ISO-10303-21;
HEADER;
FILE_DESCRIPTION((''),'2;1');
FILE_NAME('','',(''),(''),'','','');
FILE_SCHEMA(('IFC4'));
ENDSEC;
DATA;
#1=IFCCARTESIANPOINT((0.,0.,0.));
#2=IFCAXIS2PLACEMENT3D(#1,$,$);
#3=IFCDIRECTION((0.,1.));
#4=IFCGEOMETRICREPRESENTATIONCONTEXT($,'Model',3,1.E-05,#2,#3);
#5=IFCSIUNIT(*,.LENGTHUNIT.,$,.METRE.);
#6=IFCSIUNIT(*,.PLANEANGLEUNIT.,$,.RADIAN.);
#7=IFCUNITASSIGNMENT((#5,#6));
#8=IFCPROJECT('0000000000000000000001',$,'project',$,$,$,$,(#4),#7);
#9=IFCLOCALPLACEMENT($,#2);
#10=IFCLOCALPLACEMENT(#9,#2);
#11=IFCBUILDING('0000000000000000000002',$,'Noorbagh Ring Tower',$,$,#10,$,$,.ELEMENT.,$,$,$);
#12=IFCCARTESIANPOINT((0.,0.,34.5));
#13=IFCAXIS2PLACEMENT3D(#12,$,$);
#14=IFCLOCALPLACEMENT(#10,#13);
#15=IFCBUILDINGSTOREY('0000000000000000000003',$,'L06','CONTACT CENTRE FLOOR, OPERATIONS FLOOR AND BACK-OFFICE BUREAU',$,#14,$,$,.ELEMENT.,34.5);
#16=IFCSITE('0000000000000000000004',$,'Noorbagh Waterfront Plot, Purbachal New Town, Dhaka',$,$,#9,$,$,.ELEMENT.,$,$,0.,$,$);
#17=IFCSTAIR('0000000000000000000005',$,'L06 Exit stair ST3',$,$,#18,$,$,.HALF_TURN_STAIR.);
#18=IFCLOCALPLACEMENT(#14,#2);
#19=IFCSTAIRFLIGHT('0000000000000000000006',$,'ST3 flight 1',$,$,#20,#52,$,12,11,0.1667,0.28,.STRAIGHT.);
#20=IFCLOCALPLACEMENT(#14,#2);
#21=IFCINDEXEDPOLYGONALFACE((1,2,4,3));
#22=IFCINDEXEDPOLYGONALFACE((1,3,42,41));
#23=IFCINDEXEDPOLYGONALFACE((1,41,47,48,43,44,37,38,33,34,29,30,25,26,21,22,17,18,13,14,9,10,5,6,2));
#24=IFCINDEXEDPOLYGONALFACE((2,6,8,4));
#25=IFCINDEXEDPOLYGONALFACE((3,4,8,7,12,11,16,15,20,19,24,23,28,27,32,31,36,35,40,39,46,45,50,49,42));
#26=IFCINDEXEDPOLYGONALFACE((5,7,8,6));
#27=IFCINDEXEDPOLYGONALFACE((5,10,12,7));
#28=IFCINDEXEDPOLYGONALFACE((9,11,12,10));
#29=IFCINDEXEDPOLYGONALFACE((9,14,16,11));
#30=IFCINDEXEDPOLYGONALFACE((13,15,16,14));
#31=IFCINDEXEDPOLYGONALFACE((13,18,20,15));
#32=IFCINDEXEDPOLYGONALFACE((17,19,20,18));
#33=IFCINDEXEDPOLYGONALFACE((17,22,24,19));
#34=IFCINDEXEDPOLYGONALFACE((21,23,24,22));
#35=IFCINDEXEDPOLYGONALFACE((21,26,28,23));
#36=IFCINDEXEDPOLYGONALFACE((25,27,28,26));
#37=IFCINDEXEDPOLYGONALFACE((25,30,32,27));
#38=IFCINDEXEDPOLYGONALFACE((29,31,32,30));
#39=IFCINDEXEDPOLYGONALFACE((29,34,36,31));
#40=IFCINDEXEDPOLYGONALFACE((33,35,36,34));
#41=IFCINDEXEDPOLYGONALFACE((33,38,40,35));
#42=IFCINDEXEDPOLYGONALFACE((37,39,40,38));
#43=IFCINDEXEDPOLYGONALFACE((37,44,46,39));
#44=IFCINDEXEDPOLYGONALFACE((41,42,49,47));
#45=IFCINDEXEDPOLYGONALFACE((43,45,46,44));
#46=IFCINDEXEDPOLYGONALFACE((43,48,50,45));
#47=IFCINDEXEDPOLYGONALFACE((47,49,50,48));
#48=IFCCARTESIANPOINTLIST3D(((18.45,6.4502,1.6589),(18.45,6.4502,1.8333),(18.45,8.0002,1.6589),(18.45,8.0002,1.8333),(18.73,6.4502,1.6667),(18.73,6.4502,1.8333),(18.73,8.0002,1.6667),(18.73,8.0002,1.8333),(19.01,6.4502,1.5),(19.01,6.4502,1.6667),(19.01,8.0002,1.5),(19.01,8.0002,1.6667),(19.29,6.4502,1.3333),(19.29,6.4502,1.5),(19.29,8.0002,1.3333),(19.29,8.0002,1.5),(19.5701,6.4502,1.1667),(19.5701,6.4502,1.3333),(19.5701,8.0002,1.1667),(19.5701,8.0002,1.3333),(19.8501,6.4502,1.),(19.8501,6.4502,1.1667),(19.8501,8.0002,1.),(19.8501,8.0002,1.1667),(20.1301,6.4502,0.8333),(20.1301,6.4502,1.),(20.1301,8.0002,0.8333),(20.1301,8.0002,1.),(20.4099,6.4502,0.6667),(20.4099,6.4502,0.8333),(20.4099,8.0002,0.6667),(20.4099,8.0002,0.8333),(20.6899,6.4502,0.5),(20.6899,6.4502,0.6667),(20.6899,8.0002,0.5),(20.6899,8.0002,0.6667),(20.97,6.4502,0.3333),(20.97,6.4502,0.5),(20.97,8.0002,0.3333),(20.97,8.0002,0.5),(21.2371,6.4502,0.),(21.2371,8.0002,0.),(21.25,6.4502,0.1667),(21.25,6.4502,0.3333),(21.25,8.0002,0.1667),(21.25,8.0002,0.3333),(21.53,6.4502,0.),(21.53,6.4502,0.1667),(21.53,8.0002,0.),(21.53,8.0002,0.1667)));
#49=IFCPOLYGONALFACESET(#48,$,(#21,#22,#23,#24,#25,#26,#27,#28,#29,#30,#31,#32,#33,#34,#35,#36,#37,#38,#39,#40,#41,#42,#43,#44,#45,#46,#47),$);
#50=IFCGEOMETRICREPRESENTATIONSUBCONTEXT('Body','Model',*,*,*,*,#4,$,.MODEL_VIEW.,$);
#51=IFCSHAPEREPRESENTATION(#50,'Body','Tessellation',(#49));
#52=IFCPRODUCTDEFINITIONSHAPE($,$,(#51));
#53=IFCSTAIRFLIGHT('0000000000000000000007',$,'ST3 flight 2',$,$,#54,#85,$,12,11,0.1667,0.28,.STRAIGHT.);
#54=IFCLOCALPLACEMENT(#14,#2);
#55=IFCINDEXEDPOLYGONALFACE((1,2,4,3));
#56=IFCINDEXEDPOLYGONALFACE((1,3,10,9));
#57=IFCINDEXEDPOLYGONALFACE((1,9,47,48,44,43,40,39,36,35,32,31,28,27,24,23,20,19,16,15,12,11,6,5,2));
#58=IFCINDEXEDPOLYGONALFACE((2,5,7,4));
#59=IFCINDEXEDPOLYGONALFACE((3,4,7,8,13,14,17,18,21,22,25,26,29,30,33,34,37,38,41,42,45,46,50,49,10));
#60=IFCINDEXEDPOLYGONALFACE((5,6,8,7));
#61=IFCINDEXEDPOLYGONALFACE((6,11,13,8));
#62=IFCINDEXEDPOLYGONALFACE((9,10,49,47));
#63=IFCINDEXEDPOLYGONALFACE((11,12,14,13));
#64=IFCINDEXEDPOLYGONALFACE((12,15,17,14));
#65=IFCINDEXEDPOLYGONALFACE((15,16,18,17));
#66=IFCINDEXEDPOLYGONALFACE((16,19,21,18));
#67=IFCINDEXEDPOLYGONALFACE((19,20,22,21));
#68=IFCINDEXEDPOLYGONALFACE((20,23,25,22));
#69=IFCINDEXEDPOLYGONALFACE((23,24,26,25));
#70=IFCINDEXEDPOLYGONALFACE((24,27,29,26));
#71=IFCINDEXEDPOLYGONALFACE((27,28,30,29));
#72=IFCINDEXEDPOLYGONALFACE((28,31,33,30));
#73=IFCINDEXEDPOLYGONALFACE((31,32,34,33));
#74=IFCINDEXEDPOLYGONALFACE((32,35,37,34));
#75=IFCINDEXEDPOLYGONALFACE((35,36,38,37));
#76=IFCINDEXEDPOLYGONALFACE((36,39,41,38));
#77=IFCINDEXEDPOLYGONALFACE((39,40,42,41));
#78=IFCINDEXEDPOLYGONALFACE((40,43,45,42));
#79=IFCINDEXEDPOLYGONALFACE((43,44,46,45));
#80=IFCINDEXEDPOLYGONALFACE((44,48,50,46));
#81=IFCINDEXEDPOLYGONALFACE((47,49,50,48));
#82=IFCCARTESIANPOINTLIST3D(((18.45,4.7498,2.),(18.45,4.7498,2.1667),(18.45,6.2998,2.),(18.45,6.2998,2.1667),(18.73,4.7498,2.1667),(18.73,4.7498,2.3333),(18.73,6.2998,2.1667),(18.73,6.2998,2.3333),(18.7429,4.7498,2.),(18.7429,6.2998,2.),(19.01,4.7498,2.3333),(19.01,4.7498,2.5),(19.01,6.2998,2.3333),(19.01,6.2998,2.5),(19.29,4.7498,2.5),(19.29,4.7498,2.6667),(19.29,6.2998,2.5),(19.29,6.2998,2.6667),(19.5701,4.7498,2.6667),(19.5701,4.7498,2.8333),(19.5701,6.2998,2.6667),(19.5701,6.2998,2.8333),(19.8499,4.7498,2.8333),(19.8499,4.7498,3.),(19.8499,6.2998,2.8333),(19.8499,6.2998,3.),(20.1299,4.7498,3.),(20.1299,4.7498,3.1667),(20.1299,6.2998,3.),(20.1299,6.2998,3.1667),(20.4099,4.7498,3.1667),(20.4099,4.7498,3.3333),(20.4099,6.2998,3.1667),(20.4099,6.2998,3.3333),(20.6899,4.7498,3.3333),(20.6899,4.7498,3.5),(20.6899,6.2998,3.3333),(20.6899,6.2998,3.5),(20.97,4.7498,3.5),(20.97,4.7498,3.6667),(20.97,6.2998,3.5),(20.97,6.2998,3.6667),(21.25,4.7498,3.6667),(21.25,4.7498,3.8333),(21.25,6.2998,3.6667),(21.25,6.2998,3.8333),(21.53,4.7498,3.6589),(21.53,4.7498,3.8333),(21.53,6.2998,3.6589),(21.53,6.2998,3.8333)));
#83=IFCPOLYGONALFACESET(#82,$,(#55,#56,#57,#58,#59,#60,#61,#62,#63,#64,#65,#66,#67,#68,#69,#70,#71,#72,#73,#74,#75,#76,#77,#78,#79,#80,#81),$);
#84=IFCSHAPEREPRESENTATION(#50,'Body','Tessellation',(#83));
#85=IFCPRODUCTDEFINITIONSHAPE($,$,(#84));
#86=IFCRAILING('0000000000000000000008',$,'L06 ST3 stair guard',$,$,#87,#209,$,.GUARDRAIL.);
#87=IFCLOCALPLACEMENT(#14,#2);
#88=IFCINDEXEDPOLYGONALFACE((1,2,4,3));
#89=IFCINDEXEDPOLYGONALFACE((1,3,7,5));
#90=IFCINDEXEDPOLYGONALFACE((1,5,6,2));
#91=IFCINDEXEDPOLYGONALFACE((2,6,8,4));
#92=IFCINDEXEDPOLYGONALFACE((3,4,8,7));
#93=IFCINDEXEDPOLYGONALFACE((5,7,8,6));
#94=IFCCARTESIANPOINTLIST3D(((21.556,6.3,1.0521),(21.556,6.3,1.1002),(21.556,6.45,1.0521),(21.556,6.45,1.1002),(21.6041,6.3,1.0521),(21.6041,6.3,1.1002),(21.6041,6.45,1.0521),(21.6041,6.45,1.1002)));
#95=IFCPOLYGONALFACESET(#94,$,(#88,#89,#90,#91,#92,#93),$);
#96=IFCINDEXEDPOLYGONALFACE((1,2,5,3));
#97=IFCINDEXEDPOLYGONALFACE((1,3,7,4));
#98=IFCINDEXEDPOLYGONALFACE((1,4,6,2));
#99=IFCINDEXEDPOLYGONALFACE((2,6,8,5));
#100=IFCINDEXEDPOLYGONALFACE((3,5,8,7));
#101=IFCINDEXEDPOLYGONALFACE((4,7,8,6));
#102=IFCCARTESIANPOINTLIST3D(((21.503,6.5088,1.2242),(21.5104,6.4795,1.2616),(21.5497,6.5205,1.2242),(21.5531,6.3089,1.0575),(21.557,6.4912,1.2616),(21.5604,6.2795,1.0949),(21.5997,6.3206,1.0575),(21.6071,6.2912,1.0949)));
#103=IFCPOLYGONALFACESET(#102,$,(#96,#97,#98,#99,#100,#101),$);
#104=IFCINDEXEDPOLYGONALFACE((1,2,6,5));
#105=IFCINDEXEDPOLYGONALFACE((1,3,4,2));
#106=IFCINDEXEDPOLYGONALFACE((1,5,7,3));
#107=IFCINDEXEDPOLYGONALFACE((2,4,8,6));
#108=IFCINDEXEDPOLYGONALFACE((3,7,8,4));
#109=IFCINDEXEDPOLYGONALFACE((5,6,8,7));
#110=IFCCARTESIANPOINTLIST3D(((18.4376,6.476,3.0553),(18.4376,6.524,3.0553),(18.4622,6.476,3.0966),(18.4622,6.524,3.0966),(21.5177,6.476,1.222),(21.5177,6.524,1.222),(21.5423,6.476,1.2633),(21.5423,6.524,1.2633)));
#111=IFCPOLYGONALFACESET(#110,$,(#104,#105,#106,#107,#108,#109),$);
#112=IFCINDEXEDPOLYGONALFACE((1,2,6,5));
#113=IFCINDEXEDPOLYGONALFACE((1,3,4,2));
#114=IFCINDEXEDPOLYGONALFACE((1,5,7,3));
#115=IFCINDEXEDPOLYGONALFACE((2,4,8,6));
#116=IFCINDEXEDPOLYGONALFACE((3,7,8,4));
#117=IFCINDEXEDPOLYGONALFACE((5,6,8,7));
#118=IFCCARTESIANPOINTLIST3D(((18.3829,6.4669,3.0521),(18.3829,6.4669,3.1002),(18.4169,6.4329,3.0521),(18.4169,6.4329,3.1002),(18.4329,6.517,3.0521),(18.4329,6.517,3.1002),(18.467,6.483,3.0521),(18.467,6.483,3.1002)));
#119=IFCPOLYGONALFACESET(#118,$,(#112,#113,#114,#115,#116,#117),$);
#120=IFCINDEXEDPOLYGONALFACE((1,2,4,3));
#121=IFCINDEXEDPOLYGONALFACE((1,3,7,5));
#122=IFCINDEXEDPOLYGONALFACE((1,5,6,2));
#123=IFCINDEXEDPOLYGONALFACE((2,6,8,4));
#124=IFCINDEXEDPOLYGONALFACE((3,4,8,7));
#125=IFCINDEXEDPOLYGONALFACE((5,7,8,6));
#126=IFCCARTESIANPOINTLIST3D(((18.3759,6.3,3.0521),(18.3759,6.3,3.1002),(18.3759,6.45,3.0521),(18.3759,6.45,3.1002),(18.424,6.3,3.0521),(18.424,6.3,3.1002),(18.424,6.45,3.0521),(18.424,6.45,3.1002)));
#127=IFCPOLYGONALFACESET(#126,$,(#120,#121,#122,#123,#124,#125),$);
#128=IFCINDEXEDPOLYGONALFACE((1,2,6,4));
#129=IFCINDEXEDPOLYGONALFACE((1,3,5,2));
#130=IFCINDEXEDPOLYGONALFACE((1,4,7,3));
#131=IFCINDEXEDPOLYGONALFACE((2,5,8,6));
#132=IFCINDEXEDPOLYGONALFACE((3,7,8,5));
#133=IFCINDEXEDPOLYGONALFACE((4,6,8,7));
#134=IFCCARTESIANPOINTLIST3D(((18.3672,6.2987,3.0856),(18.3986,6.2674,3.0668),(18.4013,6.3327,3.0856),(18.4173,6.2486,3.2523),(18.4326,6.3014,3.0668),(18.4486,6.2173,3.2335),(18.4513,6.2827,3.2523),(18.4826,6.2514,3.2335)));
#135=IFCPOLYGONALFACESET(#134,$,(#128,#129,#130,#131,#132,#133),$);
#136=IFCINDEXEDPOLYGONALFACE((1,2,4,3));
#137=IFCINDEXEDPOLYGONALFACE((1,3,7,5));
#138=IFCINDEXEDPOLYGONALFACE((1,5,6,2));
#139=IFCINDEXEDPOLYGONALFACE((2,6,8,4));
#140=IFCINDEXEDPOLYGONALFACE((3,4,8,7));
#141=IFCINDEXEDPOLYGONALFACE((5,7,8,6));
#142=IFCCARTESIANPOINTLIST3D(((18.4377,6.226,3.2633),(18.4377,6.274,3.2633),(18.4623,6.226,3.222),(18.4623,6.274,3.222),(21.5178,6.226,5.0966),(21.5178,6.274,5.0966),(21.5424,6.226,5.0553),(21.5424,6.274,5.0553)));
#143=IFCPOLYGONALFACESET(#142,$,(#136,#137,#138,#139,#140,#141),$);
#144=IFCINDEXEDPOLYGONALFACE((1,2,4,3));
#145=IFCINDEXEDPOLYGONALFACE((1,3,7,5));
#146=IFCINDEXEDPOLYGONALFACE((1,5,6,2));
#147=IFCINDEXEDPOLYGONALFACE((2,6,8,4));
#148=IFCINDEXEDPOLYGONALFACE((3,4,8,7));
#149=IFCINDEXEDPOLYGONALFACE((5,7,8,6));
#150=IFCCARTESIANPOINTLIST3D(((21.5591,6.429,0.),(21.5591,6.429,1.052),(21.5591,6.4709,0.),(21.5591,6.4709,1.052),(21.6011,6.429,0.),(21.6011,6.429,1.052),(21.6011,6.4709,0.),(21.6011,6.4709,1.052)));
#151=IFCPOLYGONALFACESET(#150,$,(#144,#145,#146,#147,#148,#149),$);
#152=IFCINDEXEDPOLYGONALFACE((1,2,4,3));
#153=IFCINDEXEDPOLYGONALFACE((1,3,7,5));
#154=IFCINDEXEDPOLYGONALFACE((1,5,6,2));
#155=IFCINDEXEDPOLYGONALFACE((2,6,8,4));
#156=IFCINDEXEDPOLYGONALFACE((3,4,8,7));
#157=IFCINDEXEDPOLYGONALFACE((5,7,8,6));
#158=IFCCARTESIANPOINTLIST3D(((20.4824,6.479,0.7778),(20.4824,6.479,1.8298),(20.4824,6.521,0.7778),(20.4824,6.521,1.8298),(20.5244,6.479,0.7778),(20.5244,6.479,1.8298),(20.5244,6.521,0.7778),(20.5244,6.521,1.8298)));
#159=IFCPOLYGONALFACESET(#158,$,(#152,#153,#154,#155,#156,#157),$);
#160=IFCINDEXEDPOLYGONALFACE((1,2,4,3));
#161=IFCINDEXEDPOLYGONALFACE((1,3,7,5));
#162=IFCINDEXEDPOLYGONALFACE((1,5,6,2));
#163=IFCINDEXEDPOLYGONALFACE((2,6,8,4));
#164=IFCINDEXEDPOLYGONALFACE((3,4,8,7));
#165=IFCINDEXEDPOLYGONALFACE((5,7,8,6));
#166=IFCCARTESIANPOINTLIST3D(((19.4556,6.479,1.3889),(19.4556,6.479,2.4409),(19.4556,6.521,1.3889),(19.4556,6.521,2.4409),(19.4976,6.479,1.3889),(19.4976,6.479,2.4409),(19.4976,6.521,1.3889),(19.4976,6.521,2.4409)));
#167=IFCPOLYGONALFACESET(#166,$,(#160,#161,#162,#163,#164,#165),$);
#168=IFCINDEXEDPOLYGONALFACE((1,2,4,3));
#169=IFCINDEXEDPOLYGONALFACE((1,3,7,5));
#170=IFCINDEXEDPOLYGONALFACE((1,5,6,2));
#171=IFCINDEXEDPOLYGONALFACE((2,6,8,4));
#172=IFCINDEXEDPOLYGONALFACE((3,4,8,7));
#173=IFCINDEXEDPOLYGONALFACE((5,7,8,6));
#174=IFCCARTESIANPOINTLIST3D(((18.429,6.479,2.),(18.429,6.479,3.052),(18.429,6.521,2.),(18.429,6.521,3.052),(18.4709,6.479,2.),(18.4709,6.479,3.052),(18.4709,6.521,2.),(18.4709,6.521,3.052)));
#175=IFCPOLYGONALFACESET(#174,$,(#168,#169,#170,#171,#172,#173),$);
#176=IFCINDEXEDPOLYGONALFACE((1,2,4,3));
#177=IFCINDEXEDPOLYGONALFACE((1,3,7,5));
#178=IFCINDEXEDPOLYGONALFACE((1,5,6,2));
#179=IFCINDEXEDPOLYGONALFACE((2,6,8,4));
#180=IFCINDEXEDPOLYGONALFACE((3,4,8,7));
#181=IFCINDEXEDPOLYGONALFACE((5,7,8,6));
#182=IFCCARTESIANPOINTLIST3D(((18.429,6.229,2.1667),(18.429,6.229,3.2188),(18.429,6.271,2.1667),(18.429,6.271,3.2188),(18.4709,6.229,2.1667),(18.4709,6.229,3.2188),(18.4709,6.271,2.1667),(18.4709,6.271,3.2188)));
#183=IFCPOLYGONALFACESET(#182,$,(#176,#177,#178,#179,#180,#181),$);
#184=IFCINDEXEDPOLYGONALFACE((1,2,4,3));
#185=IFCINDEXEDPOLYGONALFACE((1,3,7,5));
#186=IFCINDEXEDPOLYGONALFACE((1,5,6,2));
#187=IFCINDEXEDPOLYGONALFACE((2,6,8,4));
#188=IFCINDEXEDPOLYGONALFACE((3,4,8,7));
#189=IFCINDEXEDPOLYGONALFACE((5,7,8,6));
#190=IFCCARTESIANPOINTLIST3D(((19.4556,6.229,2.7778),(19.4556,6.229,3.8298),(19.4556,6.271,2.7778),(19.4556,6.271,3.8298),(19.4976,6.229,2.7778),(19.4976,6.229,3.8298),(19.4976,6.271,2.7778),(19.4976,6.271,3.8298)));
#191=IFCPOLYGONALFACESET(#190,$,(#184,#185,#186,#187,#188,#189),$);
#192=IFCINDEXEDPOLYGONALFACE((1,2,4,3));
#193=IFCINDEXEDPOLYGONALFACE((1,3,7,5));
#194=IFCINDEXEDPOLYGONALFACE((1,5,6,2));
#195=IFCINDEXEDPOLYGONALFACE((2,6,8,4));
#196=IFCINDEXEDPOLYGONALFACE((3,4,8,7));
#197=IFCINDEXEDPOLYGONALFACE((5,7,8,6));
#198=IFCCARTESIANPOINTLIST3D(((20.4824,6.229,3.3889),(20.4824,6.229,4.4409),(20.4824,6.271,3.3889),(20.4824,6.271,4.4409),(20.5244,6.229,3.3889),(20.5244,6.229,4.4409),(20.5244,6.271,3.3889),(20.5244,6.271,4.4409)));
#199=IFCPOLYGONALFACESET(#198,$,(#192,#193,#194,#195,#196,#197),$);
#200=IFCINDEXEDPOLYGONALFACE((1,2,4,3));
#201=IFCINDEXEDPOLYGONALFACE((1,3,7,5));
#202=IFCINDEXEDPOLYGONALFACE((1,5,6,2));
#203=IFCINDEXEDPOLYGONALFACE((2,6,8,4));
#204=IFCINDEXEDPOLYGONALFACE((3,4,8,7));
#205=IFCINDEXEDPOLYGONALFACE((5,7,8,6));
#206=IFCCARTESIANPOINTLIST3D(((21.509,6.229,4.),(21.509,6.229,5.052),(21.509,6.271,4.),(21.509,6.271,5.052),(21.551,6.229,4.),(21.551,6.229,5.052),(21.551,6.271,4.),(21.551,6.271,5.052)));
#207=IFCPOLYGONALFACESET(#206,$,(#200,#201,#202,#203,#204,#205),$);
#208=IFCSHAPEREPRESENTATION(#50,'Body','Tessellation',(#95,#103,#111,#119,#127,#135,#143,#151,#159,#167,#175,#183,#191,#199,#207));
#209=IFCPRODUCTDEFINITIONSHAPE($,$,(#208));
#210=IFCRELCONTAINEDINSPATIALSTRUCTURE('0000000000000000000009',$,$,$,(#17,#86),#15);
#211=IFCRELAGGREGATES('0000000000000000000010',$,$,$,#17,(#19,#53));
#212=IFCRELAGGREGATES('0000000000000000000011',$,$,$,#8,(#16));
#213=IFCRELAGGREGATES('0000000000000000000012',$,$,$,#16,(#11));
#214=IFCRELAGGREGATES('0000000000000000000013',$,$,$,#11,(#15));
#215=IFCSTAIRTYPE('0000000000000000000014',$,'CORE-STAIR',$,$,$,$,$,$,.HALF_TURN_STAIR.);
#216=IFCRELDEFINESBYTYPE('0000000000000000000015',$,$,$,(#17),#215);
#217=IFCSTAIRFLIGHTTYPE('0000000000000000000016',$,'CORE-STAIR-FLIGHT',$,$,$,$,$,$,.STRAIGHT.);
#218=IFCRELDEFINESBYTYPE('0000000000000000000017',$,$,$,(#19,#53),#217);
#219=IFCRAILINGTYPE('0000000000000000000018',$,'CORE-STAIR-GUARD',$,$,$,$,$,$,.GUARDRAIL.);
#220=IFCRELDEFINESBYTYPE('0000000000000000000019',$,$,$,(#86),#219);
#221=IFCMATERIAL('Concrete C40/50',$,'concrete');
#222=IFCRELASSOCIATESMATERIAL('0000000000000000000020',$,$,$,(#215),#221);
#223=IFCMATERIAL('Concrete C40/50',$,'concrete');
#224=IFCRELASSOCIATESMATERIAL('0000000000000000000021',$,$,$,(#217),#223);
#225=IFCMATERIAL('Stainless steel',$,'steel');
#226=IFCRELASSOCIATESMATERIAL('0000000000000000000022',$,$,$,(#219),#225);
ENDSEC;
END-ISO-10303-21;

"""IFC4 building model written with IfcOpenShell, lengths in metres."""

from ifc_helpers import new_model, si_unit, direction, frame, origin, origin_2d, place, context, subcontext, project, spatial, polyline, rectangle, outline, extrude, material, type_object, element, aggregate, save


model = new_model("IFC4")

# Units and contexts
model_context = context("Model", 3, precision=1e-05, world=origin(), true_north=direction((0.0, 1.0)))
body_context = subcontext(model_context, "Body", "Model", "MODEL_VIEW")
ifc_project = project(units=[si_unit("LENGTHUNIT", "METRE"), si_unit("PLANEANGLEUNIT", "RADIAN")], contexts=[model_context])

# Site, building, storey
site_placement = place(None, origin())
site = spatial("IfcSite", under=ifc_project, at=site_placement, Name="Noorbagh Waterfront Plot, Purbachal New Town, Dhaka", CompositionType="ELEMENT", RefElevation=0.0)
building_placement = place(site_placement, origin())
building = spatial("IfcBuilding", under=site, at=building_placement, Name="Noorbagh Ring Tower", CompositionType="ELEMENT")
storey_placement = place(building_placement, frame((0.0, 0.0, 34.5)))
storey = spatial("IfcBuildingStorey", under=building, at=storey_placement, Name="L06", Description="CONTACT CENTRE FLOOR, OPERATIONS FLOOR AND BACK-OFFICE BUREAU", CompositionType="ELEMENT", Elevation=34.5)

# Stair, stair flights
ifc_material_1 = material(Name="Concrete C40/50", Category="concrete")
stair_type = type_object("IfcStairType", Name="CORE-STAIR", PredefinedType="HALF_TURN_STAIR", material=ifc_material_1)
stair_placement = place(storey_placement, origin())
stair = element("IfcStair", 1, at=stair_placement, inside=storey, type_object=stair_type, Name="L06 Exit stair ST3", PredefinedType="HALF_TURN_STAIR")
ifc_material_2 = material(Name="Concrete C40/50", Category="concrete")
stair_flight_type = type_object("IfcStairFlightType", Name="CORE-STAIR-FLIGHT", PredefinedType="STRAIGHT", material=ifc_material_2)
stair_flight_1_placement = place(storey_placement, frame((21.53, 7.2251, 0.0), z_axis=(0.0, 0.0, 1.0), x_axis=(-1.0, 0.0, 0.0)))
stair_flight_1 = element("IfcStairFlight", 2, at=stair_flight_1_placement, type_object=stair_flight_type, Name="ST3 flight 1", NumberOfRisers=12, NumberOfTreads=11, PredefinedType="STRAIGHT", RiserHeight=0.1667, TreadLength=0.28, context=body_context, shape_type="SweptSolid", body=[
    extrude(outline(polyline([(0.0, 0.0), (0.0, 0.1667), (0.28, 0.1667), (0.28, 0.3333), (0.5601, 0.3333), (0.5601, 0.5), (0.8401, 0.5), (0.8401, 0.6667), (1.1201, 0.6667), (1.1201, 0.8333), (1.3999, 0.8333), (1.3999, 1.0), (1.6799, 1.0), (1.6799, 1.1667), (1.96, 1.1667), (1.96, 1.3333), (2.24, 1.3333), (2.24, 1.5), (2.52, 1.5), (2.52, 1.6667), (2.8, 1.6667), (2.8, 1.8333), (3.0801, 1.8333), (3.0801, 2.0), (3.0801, 1.6589), (0.293, 0.0), (0.0, 0.0)])), frame((0.0, 0.7749, 0.0), z_axis=(0.0, -1.0, 0.0), x_axis=(1.0, 0.0, 0.0)), (0.0, 0.0, 1.0), 1.55),
])
stair_flight_2_placement = place(storey_placement, frame((18.45, 5.5249, 2.0), z_axis=(0.0, 0.0, 1.0), x_axis=(1.0, 0.0, 0.0)))
stair_flight_2 = element("IfcStairFlight", 3, at=stair_flight_2_placement, type_object=stair_flight_type, Name="ST3 flight 2", NumberOfRisers=12, NumberOfTreads=11, PredefinedType="STRAIGHT", RiserHeight=0.1667, TreadLength=0.28, context=body_context, shape_type="SweptSolid", body=[
    extrude(outline(polyline([(0.0, 0.0), (0.0, 0.1667), (0.28, 0.1667), (0.28, 0.3333), (0.5601, 0.3333), (0.5601, 0.5), (0.8401, 0.5), (0.8401, 0.6667), (1.1201, 0.6667), (1.1201, 0.8333), (1.3999, 0.8333), (1.3999, 1.0), (1.6799, 1.0), (1.6799, 1.1667), (1.96, 1.1667), (1.96, 1.3333), (2.24, 1.3333), (2.24, 1.5), (2.52, 1.5), (2.52, 1.6667), (2.8, 1.6667), (2.8, 1.8333), (3.0801, 1.8333), (3.0801, 2.0), (3.0801, 1.6589), (0.293, 0.0), (0.0, 0.0)])), frame((0.0, 0.7749, 0.0), z_axis=(0.0, -1.0, 0.0), x_axis=(1.0, 0.0, 0.0)), (0.0, 0.0, 1.0), 1.55),
])
aggregate(stair, [stair_flight_1, stair_flight_2])

# Railing
ifc_material_3 = material(Name="Stainless steel", Category="steel")
railing_type_1 = type_object("IfcRailingType", Name="CORE-STAIR-GUARD", PredefinedType="GUARDRAIL", material=ifc_material_3)
railing_1_placement = place(storey_placement, frame((21.5801, 6.45, 0.0)))
element("IfcRailing", 4, at=railing_1_placement, inside=storey, type_object=railing_type_1, Name="L06 ST3 stair guard", PredefinedType="GUARDRAIL", context=body_context, shape_type="SweptSolid", body=[
    extrude(rectangle(XDim=0.0481, YDim=0.0481, at=origin_2d()), frame((0.0, 0.0, 1.0762), z_axis=(0.0, -1.0, 0.0), x_axis=(1.0, 0.0, 0.0)), (0.0, 0.0, 1.0), 0.1499),
    extrude(rectangle(XDim=0.0481, YDim=0.0481, at=origin_2d()), frame((0.0, -0.1499, 1.0762), z_axis=(-0.188776, 0.754182, 0.628946), x_axis=(-0.970073, -0.242814, 0.0)), (0.0, 0.0, 1.0), 0.2651),
    extrude(rectangle(XDim=0.0481, YDim=0.0481, at=origin_2d()), frame((-0.05, 0.05, 1.2427), z_axis=(-0.859309, 0.0, 0.511458), x_axis=(0.0, -1.0, 0.0)), (0.0, 0.0, 1.0), 3.5845),
    extrude(rectangle(XDim=0.0481, YDim=0.0481, at=origin_2d()), frame((-3.1301, 0.05, 3.0762), z_axis=(-0.707107, -0.707107, 0.0), x_axis=(0.707107, -0.707107, 0.0)), (0.0, 0.0, 1.0), 0.0708),
    extrude(rectangle(XDim=0.0481, YDim=0.0481, at=origin_2d()), frame((-3.1802, 0.0, 3.0762), z_axis=(0.0, -1.0, 0.0), x_axis=(1.0, 0.0, 0.0)), (0.0, 0.0, 1.0), 0.1499),
    extrude(rectangle(XDim=0.0481, YDim=0.0481, at=origin_2d()), frame((-3.1802, -0.1499, 3.0762), z_axis=(0.276287, -0.276287, 0.920506), x_axis=(0.707107, 0.707107, 0.0)), (0.0, 0.0, 1.0), 0.1812),
    extrude(rectangle(XDim=0.0481, YDim=0.0481, at=origin_2d()), frame((-3.1301, -0.2, 3.2427), z_axis=(0.859309, 0.0, 0.511458), x_axis=(0.0, 1.0, 0.0)), (0.0, 0.0, 1.0), 3.5845),
    extrude(rectangle(XDim=0.042, YDim=0.042, at=origin_2d()), origin(), (0.0, 0.0, 1.0), 1.052),
    extrude(rectangle(XDim=0.042, YDim=0.042, at=origin_2d()), frame((-1.0767, 0.05, 0.7778)), (0.0, 0.0, 1.0), 1.052),
    extrude(rectangle(XDim=0.042, YDim=0.042, at=origin_2d()), frame((-2.1035, 0.05, 1.3889)), (0.0, 0.0, 1.0), 1.052),
    extrude(rectangle(XDim=0.042, YDim=0.042, at=origin_2d()), frame((-3.1301, 0.05, 2.0)), (0.0, 0.0, 1.0), 1.052),
    extrude(rectangle(XDim=0.042, YDim=0.042, at=origin_2d()), frame((-3.1301, -0.2, 2.1667)), (0.0, 0.0, 1.0), 1.052),
    extrude(rectangle(XDim=0.042, YDim=0.042, at=origin_2d()), frame((-2.1035, -0.2, 2.7778)), (0.0, 0.0, 1.0), 1.052),
    extrude(rectangle(XDim=0.042, YDim=0.042, at=origin_2d()), frame((-1.0767, -0.2, 3.3889)), (0.0, 0.0, 1.0), 1.052),
    extrude(rectangle(XDim=0.042, YDim=0.042, at=origin_2d()), frame((-0.05, -0.2, 4.0)), (0.0, 0.0, 1.0), 1.052),
])

save(model, "model.ifc")
